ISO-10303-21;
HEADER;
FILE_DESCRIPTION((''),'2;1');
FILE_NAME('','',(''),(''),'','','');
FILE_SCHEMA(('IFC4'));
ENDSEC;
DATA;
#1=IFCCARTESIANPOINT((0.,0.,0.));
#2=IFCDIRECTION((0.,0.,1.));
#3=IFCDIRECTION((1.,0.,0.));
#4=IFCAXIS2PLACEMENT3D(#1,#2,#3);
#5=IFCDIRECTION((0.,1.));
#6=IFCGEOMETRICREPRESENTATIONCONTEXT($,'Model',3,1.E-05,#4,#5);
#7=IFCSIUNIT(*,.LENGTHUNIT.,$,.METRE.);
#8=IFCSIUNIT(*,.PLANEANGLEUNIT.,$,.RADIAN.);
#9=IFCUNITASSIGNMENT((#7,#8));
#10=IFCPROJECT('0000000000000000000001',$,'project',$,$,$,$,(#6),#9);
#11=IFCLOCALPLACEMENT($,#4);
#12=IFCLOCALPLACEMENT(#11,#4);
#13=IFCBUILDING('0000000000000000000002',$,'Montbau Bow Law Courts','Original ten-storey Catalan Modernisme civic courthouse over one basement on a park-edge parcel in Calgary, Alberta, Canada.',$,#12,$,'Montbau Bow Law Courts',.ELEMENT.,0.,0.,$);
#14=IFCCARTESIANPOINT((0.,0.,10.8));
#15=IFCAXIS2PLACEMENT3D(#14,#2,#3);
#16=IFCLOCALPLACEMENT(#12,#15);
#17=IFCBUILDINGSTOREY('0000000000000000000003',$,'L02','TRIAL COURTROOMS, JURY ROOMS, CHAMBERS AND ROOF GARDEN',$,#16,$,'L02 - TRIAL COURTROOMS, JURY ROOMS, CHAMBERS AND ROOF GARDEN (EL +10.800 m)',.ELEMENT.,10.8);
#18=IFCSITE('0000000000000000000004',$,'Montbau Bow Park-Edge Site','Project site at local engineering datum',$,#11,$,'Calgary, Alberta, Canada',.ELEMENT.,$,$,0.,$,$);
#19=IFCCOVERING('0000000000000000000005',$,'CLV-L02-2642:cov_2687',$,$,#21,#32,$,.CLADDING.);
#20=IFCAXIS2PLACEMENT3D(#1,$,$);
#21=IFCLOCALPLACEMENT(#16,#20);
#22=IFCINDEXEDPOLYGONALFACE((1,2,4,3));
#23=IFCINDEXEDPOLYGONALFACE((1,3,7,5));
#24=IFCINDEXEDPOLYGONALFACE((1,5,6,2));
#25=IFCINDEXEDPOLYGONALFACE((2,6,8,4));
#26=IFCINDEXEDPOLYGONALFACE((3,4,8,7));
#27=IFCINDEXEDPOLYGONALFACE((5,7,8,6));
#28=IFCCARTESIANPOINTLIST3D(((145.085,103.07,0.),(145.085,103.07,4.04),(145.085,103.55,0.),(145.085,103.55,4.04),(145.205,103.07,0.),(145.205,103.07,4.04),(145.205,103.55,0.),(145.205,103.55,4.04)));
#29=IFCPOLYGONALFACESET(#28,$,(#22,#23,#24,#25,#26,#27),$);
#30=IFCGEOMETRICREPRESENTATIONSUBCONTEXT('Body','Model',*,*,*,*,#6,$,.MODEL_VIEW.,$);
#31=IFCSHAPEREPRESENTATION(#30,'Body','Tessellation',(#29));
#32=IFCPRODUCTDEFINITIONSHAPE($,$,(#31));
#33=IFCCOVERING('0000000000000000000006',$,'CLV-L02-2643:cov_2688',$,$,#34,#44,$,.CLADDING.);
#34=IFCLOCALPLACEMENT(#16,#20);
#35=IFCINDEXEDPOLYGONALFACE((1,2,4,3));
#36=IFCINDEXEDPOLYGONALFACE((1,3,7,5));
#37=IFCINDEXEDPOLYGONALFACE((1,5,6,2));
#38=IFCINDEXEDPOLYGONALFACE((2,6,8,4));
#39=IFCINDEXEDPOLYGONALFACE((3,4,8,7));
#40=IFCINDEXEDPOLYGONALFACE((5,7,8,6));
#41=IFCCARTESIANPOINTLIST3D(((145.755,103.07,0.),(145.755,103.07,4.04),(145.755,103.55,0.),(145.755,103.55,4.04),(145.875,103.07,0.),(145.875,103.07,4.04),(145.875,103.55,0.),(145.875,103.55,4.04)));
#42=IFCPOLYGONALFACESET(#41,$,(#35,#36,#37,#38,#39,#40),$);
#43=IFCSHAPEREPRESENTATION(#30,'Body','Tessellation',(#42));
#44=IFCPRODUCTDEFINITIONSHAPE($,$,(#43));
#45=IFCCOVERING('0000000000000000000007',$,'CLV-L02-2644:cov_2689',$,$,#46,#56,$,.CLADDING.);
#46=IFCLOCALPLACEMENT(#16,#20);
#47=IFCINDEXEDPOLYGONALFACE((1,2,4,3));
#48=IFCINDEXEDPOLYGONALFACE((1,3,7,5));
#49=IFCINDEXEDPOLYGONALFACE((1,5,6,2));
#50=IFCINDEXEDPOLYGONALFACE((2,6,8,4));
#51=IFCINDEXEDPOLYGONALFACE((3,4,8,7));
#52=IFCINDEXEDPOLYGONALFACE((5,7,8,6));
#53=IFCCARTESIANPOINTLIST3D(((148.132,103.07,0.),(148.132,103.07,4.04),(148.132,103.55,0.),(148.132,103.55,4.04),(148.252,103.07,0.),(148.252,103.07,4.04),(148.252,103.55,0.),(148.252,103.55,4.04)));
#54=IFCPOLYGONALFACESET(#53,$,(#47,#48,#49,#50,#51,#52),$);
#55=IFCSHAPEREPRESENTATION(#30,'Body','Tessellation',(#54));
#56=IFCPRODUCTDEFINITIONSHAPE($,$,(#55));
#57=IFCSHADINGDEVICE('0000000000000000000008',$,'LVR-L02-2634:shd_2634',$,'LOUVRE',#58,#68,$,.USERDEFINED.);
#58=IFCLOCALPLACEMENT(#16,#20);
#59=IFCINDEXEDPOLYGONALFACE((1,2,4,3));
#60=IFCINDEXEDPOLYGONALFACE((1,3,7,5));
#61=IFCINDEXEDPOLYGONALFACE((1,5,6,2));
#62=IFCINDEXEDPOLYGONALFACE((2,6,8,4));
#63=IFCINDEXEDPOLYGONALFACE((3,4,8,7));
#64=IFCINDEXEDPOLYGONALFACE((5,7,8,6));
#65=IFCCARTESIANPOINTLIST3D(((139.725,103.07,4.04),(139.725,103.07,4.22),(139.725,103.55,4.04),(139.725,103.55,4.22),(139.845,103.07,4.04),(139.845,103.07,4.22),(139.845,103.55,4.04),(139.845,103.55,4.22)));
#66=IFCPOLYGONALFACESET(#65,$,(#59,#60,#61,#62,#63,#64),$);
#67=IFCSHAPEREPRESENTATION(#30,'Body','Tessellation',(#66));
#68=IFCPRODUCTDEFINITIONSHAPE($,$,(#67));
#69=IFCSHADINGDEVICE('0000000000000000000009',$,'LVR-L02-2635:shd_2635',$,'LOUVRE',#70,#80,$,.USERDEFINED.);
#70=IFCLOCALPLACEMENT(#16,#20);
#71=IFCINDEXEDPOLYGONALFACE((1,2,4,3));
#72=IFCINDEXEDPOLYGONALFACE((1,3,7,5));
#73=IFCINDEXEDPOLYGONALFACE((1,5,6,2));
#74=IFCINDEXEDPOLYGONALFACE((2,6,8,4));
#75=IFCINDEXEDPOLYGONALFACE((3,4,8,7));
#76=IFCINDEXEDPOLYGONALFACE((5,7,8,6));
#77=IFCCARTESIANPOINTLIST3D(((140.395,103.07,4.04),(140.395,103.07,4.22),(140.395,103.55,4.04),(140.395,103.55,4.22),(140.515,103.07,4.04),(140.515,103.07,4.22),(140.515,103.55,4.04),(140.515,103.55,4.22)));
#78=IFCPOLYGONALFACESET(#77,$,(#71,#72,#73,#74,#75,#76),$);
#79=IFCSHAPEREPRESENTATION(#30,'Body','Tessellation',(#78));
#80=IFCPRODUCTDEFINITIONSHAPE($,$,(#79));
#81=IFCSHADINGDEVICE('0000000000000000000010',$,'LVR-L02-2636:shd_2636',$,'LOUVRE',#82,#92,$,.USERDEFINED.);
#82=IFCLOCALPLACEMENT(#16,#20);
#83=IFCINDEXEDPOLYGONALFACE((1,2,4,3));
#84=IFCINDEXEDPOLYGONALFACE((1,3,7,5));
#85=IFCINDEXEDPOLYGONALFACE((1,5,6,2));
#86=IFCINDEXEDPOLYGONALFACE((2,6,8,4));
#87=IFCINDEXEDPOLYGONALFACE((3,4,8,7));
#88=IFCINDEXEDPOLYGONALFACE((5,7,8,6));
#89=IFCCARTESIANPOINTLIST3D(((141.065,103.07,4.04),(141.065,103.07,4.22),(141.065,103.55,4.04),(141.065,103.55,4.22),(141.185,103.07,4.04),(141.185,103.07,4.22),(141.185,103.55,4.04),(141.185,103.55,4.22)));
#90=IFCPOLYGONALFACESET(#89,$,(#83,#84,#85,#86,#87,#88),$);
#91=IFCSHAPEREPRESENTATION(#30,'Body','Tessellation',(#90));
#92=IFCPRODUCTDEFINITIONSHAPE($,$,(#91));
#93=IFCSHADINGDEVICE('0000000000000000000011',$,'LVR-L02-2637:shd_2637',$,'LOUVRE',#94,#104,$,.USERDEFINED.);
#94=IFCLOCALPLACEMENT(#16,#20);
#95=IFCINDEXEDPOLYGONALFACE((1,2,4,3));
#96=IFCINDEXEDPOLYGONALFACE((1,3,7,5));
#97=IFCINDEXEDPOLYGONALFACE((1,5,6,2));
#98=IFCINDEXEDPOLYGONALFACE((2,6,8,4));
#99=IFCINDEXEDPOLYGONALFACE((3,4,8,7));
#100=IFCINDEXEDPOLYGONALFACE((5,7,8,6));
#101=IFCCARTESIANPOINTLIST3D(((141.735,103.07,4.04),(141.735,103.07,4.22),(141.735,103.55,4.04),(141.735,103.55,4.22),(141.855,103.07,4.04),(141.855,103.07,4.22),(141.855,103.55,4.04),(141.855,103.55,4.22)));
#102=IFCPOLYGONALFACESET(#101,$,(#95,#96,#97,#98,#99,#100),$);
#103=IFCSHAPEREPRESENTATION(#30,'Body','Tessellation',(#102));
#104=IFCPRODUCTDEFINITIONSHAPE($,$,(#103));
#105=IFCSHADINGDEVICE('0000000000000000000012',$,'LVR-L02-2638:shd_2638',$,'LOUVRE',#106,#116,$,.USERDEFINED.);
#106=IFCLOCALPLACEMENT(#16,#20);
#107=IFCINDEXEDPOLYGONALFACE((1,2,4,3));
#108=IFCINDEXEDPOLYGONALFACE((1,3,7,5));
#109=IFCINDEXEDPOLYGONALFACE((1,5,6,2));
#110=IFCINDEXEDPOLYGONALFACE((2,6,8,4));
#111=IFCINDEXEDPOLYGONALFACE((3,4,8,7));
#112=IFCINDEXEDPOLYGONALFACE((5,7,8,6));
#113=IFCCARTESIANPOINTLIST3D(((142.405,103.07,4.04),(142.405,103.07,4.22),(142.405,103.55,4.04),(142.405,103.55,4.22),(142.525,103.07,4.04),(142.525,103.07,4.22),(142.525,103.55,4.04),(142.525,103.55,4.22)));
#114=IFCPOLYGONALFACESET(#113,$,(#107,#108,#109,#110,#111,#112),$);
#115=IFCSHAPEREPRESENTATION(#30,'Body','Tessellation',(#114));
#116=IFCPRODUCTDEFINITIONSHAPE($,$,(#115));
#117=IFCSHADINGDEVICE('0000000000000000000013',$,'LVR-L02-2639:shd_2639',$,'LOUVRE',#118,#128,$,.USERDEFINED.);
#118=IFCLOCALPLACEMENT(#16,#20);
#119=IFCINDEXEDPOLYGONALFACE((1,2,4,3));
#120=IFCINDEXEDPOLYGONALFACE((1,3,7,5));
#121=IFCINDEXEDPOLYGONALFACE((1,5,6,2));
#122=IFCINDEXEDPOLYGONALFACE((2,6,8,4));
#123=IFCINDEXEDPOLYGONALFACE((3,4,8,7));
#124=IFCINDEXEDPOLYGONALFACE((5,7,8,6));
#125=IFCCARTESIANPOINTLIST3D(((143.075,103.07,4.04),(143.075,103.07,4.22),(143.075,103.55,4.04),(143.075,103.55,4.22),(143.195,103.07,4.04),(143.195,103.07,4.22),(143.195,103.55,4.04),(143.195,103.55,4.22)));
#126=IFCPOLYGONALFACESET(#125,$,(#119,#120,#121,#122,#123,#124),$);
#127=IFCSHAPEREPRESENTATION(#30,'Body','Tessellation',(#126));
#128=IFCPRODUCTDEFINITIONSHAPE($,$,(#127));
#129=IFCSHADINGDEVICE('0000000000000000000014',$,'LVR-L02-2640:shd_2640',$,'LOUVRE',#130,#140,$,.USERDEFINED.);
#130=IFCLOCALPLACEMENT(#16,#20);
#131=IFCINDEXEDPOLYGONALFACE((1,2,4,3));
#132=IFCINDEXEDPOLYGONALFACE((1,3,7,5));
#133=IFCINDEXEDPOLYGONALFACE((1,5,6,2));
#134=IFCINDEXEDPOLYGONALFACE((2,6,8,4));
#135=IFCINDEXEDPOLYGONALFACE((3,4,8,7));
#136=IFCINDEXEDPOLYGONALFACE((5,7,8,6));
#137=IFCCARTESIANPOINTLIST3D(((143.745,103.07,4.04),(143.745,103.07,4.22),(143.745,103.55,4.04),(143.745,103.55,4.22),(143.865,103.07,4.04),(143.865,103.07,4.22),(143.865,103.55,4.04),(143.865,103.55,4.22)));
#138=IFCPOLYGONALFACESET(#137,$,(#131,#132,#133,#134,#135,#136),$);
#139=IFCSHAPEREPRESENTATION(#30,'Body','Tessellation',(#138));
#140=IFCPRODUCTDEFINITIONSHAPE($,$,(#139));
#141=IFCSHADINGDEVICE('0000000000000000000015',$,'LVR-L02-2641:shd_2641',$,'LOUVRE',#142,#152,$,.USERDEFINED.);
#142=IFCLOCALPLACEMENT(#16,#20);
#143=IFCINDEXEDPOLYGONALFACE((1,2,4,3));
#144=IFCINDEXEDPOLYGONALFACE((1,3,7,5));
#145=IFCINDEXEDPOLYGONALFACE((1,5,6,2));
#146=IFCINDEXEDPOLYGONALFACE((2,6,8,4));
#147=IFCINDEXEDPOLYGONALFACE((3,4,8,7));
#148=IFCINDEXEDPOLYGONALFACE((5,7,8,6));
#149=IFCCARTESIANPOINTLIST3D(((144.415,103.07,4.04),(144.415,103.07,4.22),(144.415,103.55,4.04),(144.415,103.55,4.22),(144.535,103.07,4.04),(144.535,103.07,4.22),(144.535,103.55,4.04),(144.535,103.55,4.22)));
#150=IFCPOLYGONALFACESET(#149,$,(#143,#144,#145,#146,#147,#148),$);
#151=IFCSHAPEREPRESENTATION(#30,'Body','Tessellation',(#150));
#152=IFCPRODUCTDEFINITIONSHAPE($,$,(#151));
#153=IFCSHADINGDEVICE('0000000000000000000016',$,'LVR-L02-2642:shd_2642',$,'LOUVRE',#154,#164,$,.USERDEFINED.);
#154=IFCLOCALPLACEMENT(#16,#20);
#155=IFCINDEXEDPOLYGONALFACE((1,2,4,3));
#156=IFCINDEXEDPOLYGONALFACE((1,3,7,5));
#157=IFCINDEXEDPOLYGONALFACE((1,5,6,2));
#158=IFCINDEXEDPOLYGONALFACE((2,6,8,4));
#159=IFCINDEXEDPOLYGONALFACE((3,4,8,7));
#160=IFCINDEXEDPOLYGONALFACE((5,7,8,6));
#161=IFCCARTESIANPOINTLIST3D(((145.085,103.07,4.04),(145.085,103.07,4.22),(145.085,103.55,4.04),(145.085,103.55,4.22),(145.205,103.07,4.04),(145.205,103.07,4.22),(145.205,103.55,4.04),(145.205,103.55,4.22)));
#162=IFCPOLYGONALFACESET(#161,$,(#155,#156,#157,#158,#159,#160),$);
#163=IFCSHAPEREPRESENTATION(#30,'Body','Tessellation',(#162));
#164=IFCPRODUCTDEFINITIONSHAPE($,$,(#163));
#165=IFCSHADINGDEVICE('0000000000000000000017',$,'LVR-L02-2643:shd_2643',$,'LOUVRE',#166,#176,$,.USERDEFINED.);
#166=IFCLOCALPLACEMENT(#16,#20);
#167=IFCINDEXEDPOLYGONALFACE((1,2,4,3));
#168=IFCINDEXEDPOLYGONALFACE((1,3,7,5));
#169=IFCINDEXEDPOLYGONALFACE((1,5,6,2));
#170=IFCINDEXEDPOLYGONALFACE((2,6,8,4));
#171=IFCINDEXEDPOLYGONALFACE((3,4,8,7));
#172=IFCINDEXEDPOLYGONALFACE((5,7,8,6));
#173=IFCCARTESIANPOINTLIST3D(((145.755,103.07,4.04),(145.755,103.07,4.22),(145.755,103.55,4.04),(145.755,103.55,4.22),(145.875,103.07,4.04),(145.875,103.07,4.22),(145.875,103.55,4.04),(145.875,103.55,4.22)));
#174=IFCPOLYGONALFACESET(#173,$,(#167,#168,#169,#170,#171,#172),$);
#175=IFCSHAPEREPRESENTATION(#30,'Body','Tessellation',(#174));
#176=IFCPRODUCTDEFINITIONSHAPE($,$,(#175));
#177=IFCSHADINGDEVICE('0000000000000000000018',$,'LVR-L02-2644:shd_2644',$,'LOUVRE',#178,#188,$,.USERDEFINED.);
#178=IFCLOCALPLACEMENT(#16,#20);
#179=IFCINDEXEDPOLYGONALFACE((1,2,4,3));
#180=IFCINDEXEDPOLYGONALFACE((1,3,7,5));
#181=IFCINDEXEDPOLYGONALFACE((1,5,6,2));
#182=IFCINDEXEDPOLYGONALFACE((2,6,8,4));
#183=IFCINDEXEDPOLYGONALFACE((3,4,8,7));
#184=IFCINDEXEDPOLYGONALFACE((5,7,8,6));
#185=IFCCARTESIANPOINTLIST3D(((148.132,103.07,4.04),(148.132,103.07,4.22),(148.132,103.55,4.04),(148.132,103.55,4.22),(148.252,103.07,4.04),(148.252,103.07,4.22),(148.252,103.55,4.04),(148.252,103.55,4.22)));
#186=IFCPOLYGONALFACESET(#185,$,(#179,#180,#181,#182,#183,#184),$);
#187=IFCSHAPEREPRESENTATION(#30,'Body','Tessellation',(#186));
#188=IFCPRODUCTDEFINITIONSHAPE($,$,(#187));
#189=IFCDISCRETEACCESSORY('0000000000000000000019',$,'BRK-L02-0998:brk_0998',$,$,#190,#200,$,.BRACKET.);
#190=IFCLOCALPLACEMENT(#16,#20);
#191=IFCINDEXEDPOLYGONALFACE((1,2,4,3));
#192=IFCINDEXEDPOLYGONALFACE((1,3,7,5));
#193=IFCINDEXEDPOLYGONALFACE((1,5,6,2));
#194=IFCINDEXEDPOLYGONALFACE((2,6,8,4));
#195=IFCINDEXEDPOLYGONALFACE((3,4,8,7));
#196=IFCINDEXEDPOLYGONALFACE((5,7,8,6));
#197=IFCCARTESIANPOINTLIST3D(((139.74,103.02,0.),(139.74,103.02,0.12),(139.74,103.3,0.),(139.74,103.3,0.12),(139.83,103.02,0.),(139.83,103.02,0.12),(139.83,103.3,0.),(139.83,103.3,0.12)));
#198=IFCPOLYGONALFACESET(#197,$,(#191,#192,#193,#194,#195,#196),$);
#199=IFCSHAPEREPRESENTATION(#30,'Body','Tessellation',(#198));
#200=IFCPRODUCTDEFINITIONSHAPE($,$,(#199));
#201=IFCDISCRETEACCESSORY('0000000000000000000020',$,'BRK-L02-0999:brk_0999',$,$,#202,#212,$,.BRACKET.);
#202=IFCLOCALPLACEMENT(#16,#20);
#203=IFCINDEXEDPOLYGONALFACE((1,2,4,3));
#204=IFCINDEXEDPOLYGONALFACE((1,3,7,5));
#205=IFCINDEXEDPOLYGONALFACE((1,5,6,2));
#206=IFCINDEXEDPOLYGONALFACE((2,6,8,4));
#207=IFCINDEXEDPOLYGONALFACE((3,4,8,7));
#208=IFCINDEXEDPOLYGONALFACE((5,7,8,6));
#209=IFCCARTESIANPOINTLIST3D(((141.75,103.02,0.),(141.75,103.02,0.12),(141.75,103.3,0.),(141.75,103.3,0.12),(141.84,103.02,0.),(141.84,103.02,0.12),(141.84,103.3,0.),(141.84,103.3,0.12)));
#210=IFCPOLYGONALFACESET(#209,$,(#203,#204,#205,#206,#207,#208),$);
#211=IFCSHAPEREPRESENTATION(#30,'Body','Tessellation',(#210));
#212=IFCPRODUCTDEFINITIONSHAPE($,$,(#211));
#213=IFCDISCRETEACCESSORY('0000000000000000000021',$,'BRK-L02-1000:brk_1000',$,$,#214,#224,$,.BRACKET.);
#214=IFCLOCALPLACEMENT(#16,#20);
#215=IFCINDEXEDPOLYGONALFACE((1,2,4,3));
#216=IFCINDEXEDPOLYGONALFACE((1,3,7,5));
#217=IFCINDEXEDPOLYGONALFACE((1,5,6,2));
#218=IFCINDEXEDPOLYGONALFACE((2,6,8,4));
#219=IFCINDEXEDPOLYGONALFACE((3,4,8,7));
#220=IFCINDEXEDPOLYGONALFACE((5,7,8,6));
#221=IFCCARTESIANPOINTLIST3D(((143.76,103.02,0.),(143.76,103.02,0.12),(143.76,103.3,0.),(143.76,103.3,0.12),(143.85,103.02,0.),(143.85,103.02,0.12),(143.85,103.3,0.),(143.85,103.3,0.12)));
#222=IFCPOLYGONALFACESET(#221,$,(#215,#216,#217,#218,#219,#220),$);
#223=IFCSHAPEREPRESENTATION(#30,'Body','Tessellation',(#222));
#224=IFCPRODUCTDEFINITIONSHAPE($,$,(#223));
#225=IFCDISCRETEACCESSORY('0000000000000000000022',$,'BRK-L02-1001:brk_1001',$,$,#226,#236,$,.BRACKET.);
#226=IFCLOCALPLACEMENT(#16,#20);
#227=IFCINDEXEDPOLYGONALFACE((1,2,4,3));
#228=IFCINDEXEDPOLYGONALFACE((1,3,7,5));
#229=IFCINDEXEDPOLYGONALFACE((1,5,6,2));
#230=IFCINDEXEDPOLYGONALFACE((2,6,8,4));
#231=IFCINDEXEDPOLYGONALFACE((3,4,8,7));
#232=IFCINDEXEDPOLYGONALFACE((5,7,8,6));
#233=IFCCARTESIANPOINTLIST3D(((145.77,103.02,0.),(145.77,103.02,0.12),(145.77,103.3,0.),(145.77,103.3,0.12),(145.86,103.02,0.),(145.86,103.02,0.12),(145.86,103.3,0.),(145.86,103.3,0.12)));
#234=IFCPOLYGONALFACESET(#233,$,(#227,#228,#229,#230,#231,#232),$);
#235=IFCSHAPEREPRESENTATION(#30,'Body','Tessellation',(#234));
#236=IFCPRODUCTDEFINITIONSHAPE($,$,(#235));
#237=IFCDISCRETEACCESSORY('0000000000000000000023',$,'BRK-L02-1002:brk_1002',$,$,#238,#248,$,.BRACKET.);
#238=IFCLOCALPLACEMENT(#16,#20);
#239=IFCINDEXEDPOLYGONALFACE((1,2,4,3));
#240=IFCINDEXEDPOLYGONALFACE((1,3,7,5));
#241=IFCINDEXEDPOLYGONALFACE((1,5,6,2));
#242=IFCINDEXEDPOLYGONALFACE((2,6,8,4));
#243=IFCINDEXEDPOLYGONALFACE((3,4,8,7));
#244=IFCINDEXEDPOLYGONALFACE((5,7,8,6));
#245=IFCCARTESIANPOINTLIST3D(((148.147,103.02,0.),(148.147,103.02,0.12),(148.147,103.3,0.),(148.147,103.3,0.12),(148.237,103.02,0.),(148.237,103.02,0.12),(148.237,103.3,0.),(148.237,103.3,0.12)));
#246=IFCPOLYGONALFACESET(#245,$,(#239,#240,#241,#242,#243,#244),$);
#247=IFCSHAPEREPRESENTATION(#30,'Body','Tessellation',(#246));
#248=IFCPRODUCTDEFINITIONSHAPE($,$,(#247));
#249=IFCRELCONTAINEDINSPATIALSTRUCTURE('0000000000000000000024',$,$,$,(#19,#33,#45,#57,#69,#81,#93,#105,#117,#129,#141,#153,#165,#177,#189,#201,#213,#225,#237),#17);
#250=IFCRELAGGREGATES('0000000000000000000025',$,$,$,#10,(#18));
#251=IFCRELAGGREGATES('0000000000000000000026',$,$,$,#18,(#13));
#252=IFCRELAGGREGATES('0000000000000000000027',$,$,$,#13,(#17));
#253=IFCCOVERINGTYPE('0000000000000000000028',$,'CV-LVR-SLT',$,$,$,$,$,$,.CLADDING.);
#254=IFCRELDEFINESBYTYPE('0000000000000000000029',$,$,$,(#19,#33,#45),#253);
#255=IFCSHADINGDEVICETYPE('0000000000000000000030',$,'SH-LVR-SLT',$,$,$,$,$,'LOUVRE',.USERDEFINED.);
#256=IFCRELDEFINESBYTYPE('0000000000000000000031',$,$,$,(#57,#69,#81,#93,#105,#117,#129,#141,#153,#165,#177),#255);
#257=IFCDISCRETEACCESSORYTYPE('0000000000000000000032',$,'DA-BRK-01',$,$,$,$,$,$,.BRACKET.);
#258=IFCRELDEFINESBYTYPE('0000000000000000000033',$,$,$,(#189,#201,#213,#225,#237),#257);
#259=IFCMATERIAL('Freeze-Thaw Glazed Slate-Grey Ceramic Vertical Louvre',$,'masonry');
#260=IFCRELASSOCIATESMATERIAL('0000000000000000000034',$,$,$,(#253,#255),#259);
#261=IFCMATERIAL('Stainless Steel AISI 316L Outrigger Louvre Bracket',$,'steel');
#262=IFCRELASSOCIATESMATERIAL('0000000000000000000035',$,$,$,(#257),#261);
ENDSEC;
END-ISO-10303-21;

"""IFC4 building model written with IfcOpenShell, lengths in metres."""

from ifc_helpers import new_model, si_unit, direction, frame, frame_2d, origin_with_axes, origin_2d_with_axis, place, context, subcontext, project, spatial, rectangle, extrude, material, type_object, element, save


model = new_model("IFC4")

# Units and contexts
model_context = context("Model", 3, precision=1e-05, world=origin_with_axes(), true_north=direction((0.0, 1.0)))
body_context = subcontext(model_context, "Body", "Model", "MODEL_VIEW")
ifc_project = project(units=[si_unit("LENGTHUNIT", "METRE"), si_unit("PLANEANGLEUNIT", "RADIAN")], contexts=[model_context])

# Site, building, storey
site_placement = place(None, origin_with_axes())
site = spatial("IfcSite", under=ifc_project, at=site_placement, Name="Montbau Bow Park-Edge Site", Description="Project site at local engineering datum", LongName="Calgary, Alberta, Canada", CompositionType="ELEMENT", RefElevation=0.0)
building_placement = place(site_placement, origin_with_axes())
building = spatial("IfcBuilding", under=site, at=building_placement, Name="Montbau Bow Law Courts", Description="Original ten-storey Catalan Modernisme civic courthouse over one basement on a park-edge parcel in Calgary, Alberta, Canada.", LongName="Montbau Bow Law Courts", CompositionType="ELEMENT", ElevationOfRefHeight=0.0, ElevationOfTerrain=0.0)
storey_placement = place(building_placement, frame((0.0, 0.0, 10.8), z_axis=(0.0, 0.0, 1.0), x_axis=(1.0, 0.0, 0.0)))
storey = spatial("IfcBuildingStorey", under=building, at=storey_placement, Name="L02", Description="TRIAL COURTROOMS, JURY ROOMS, CHAMBERS AND ROOF GARDEN", LongName="L02 - TRIAL COURTROOMS, JURY ROOMS, CHAMBERS AND ROOF GARDEN (EL +10.800 m)", CompositionType="ELEMENT", Elevation=10.8)

# Coverings
ifc_material_1 = material(Name="Freeze-Thaw Glazed Slate-Grey Ceramic Vertical Louvre", Category="masonry")
covering_type = type_object("IfcCoveringType", Name="CV-LVR-SLT", PredefinedType="CLADDING", material=ifc_material_1)
for number, where, z_axis, x_axis, name in (
    (1, (145.145, 103.07, 10.8), (1.0, 0.0, 0.0), (0.0, 1.0, 0.0), "CLV-L02-2642:cov_2687"),
    (2, (145.815, 103.07, 10.8), (1.0, 0.0, 0.0), (0.0, 1.0, 0.0), "CLV-L02-2643:cov_2688"),
    (3, (148.192, 103.07, 10.8), (1.0, 0.0, 0.0), (0.0, 1.0, 0.0), "CLV-L02-2644:cov_2689"),
):
    element("IfcCovering", number, at=place(None, frame(where, z_axis=z_axis, x_axis=x_axis)), inside=storey, type_object=covering_type, Name=name, PredefinedType="CLADDING", context=body_context, shape_type="SweptSolid", body=[
        extrude(rectangle(XDim=0.48, YDim=4.04, at=frame_2d((0.24, 2.02), x_axis=(1.0, 0.0))), frame((0.0, 0.0, -0.06), z_axis=(0.0, 0.0, 1.0), x_axis=(1.0, 0.0, 0.0)), (0.0, 0.0, 1.0), 0.12),
    ])

# Shading devices
shading_device_type = type_object("IfcShadingDeviceType", Name="SH-LVR-SLT", ElementType="LOUVRE", PredefinedType="USERDEFINED", material=ifc_material_1)
for number, where, z_axis, x_axis, name in (
    (4, (139.785, 103.31, 14.84), (0.0, 0.0, 1.0), (0.0, 1.0, 0.0), "LVR-L02-2634:shd_2634"),
    (5, (140.455, 103.31, 14.84), (0.0, 0.0, 1.0), (0.0, 1.0, 0.0), "LVR-L02-2635:shd_2635"),
    (6, (141.125, 103.31, 14.84), (0.0, 0.0, 1.0), (0.0, 1.0, 0.0), "LVR-L02-2636:shd_2636"),
    (7, (141.795, 103.31, 14.84), (0.0, 0.0, 1.0), (0.0, 1.0, 0.0), "LVR-L02-2637:shd_2637"),
    (8, (142.465, 103.31, 14.84), (0.0, 0.0, 1.0), (0.0, 1.0, 0.0), "LVR-L02-2638:shd_2638"),
    (9, (143.135, 103.31, 14.84), (0.0, 0.0, 1.0), (0.0, 1.0, 0.0), "LVR-L02-2639:shd_2639"),
    (10, (143.805, 103.31, 14.84), (0.0, 0.0, 1.0), (0.0, 1.0, 0.0), "LVR-L02-2640:shd_2640"),
    (11, (144.475, 103.31, 14.84), (0.0, 0.0, 1.0), (0.0, 1.0, 0.0), "LVR-L02-2641:shd_2641"),
    (12, (145.145, 103.31, 14.84), (0.0, 0.0, 1.0), (0.0, 1.0, 0.0), "LVR-L02-2642:shd_2642"),
    (13, (145.815, 103.31, 14.84), (0.0, 0.0, 1.0), (0.0, 1.0, 0.0), "LVR-L02-2643:shd_2643"),
    (14, (148.192, 103.31, 14.84), (0.0, 0.0, 1.0), (0.0, 1.0, 0.0), "LVR-L02-2644:shd_2644"),
):
    element("IfcShadingDevice", number, at=place(None, frame(where, z_axis=z_axis, x_axis=x_axis)), inside=storey, type_object=shading_device_type, Name=name, ObjectType="LOUVRE", PredefinedType="USERDEFINED", context=body_context, shape_type="SweptSolid", body=[
        extrude(rectangle(XDim=0.48, YDim=0.12, at=origin_2d_with_axis()), origin_with_axes(), (0.0, 0.0, 1.0), 0.18),
    ])

# Discrete accessories
ifc_material_2 = material(Name="Stainless Steel AISI 316L Outrigger Louvre Bracket", Category="steel")
discrete_accessory_type = type_object("IfcDiscreteAccessoryType", Name="DA-BRK-01", PredefinedType="BRACKET", material=ifc_material_2)
for number, where, z_axis, x_axis, name in (
    (15, (139.785, 103.16, 10.8), (0.0, 0.0, 1.0), (0.0, 1.0, 0.0), "BRK-L02-0998:brk_0998"),
    (16, (141.795, 103.16, 10.8), (0.0, 0.0, 1.0), (0.0, 1.0, 0.0), "BRK-L02-0999:brk_0999"),
    (17, (143.805, 103.16, 10.8), (0.0, 0.0, 1.0), (0.0, 1.0, 0.0), "BRK-L02-1000:brk_1000"),
    (18, (145.815, 103.16, 10.8), (0.0, 0.0, 1.0), (0.0, 1.0, 0.0), "BRK-L02-1001:brk_1001"),
    (19, (148.192, 103.16, 10.8), (0.0, 0.0, 1.0), (0.0, 1.0, 0.0), "BRK-L02-1002:brk_1002"),
):
    element("IfcDiscreteAccessory", number, at=place(None, frame(where, z_axis=z_axis, x_axis=x_axis)), inside=storey, type_object=discrete_accessory_type, Name=name, PredefinedType="BRACKET", context=body_context, shape_type="SweptSolid", body=[
        extrude(rectangle(XDim=0.28, YDim=0.09, at=origin_2d_with_axis()), origin_with_axes(), (0.0, 0.0, 1.0), 0.12),
    ])

save(model, "model.ifc")
